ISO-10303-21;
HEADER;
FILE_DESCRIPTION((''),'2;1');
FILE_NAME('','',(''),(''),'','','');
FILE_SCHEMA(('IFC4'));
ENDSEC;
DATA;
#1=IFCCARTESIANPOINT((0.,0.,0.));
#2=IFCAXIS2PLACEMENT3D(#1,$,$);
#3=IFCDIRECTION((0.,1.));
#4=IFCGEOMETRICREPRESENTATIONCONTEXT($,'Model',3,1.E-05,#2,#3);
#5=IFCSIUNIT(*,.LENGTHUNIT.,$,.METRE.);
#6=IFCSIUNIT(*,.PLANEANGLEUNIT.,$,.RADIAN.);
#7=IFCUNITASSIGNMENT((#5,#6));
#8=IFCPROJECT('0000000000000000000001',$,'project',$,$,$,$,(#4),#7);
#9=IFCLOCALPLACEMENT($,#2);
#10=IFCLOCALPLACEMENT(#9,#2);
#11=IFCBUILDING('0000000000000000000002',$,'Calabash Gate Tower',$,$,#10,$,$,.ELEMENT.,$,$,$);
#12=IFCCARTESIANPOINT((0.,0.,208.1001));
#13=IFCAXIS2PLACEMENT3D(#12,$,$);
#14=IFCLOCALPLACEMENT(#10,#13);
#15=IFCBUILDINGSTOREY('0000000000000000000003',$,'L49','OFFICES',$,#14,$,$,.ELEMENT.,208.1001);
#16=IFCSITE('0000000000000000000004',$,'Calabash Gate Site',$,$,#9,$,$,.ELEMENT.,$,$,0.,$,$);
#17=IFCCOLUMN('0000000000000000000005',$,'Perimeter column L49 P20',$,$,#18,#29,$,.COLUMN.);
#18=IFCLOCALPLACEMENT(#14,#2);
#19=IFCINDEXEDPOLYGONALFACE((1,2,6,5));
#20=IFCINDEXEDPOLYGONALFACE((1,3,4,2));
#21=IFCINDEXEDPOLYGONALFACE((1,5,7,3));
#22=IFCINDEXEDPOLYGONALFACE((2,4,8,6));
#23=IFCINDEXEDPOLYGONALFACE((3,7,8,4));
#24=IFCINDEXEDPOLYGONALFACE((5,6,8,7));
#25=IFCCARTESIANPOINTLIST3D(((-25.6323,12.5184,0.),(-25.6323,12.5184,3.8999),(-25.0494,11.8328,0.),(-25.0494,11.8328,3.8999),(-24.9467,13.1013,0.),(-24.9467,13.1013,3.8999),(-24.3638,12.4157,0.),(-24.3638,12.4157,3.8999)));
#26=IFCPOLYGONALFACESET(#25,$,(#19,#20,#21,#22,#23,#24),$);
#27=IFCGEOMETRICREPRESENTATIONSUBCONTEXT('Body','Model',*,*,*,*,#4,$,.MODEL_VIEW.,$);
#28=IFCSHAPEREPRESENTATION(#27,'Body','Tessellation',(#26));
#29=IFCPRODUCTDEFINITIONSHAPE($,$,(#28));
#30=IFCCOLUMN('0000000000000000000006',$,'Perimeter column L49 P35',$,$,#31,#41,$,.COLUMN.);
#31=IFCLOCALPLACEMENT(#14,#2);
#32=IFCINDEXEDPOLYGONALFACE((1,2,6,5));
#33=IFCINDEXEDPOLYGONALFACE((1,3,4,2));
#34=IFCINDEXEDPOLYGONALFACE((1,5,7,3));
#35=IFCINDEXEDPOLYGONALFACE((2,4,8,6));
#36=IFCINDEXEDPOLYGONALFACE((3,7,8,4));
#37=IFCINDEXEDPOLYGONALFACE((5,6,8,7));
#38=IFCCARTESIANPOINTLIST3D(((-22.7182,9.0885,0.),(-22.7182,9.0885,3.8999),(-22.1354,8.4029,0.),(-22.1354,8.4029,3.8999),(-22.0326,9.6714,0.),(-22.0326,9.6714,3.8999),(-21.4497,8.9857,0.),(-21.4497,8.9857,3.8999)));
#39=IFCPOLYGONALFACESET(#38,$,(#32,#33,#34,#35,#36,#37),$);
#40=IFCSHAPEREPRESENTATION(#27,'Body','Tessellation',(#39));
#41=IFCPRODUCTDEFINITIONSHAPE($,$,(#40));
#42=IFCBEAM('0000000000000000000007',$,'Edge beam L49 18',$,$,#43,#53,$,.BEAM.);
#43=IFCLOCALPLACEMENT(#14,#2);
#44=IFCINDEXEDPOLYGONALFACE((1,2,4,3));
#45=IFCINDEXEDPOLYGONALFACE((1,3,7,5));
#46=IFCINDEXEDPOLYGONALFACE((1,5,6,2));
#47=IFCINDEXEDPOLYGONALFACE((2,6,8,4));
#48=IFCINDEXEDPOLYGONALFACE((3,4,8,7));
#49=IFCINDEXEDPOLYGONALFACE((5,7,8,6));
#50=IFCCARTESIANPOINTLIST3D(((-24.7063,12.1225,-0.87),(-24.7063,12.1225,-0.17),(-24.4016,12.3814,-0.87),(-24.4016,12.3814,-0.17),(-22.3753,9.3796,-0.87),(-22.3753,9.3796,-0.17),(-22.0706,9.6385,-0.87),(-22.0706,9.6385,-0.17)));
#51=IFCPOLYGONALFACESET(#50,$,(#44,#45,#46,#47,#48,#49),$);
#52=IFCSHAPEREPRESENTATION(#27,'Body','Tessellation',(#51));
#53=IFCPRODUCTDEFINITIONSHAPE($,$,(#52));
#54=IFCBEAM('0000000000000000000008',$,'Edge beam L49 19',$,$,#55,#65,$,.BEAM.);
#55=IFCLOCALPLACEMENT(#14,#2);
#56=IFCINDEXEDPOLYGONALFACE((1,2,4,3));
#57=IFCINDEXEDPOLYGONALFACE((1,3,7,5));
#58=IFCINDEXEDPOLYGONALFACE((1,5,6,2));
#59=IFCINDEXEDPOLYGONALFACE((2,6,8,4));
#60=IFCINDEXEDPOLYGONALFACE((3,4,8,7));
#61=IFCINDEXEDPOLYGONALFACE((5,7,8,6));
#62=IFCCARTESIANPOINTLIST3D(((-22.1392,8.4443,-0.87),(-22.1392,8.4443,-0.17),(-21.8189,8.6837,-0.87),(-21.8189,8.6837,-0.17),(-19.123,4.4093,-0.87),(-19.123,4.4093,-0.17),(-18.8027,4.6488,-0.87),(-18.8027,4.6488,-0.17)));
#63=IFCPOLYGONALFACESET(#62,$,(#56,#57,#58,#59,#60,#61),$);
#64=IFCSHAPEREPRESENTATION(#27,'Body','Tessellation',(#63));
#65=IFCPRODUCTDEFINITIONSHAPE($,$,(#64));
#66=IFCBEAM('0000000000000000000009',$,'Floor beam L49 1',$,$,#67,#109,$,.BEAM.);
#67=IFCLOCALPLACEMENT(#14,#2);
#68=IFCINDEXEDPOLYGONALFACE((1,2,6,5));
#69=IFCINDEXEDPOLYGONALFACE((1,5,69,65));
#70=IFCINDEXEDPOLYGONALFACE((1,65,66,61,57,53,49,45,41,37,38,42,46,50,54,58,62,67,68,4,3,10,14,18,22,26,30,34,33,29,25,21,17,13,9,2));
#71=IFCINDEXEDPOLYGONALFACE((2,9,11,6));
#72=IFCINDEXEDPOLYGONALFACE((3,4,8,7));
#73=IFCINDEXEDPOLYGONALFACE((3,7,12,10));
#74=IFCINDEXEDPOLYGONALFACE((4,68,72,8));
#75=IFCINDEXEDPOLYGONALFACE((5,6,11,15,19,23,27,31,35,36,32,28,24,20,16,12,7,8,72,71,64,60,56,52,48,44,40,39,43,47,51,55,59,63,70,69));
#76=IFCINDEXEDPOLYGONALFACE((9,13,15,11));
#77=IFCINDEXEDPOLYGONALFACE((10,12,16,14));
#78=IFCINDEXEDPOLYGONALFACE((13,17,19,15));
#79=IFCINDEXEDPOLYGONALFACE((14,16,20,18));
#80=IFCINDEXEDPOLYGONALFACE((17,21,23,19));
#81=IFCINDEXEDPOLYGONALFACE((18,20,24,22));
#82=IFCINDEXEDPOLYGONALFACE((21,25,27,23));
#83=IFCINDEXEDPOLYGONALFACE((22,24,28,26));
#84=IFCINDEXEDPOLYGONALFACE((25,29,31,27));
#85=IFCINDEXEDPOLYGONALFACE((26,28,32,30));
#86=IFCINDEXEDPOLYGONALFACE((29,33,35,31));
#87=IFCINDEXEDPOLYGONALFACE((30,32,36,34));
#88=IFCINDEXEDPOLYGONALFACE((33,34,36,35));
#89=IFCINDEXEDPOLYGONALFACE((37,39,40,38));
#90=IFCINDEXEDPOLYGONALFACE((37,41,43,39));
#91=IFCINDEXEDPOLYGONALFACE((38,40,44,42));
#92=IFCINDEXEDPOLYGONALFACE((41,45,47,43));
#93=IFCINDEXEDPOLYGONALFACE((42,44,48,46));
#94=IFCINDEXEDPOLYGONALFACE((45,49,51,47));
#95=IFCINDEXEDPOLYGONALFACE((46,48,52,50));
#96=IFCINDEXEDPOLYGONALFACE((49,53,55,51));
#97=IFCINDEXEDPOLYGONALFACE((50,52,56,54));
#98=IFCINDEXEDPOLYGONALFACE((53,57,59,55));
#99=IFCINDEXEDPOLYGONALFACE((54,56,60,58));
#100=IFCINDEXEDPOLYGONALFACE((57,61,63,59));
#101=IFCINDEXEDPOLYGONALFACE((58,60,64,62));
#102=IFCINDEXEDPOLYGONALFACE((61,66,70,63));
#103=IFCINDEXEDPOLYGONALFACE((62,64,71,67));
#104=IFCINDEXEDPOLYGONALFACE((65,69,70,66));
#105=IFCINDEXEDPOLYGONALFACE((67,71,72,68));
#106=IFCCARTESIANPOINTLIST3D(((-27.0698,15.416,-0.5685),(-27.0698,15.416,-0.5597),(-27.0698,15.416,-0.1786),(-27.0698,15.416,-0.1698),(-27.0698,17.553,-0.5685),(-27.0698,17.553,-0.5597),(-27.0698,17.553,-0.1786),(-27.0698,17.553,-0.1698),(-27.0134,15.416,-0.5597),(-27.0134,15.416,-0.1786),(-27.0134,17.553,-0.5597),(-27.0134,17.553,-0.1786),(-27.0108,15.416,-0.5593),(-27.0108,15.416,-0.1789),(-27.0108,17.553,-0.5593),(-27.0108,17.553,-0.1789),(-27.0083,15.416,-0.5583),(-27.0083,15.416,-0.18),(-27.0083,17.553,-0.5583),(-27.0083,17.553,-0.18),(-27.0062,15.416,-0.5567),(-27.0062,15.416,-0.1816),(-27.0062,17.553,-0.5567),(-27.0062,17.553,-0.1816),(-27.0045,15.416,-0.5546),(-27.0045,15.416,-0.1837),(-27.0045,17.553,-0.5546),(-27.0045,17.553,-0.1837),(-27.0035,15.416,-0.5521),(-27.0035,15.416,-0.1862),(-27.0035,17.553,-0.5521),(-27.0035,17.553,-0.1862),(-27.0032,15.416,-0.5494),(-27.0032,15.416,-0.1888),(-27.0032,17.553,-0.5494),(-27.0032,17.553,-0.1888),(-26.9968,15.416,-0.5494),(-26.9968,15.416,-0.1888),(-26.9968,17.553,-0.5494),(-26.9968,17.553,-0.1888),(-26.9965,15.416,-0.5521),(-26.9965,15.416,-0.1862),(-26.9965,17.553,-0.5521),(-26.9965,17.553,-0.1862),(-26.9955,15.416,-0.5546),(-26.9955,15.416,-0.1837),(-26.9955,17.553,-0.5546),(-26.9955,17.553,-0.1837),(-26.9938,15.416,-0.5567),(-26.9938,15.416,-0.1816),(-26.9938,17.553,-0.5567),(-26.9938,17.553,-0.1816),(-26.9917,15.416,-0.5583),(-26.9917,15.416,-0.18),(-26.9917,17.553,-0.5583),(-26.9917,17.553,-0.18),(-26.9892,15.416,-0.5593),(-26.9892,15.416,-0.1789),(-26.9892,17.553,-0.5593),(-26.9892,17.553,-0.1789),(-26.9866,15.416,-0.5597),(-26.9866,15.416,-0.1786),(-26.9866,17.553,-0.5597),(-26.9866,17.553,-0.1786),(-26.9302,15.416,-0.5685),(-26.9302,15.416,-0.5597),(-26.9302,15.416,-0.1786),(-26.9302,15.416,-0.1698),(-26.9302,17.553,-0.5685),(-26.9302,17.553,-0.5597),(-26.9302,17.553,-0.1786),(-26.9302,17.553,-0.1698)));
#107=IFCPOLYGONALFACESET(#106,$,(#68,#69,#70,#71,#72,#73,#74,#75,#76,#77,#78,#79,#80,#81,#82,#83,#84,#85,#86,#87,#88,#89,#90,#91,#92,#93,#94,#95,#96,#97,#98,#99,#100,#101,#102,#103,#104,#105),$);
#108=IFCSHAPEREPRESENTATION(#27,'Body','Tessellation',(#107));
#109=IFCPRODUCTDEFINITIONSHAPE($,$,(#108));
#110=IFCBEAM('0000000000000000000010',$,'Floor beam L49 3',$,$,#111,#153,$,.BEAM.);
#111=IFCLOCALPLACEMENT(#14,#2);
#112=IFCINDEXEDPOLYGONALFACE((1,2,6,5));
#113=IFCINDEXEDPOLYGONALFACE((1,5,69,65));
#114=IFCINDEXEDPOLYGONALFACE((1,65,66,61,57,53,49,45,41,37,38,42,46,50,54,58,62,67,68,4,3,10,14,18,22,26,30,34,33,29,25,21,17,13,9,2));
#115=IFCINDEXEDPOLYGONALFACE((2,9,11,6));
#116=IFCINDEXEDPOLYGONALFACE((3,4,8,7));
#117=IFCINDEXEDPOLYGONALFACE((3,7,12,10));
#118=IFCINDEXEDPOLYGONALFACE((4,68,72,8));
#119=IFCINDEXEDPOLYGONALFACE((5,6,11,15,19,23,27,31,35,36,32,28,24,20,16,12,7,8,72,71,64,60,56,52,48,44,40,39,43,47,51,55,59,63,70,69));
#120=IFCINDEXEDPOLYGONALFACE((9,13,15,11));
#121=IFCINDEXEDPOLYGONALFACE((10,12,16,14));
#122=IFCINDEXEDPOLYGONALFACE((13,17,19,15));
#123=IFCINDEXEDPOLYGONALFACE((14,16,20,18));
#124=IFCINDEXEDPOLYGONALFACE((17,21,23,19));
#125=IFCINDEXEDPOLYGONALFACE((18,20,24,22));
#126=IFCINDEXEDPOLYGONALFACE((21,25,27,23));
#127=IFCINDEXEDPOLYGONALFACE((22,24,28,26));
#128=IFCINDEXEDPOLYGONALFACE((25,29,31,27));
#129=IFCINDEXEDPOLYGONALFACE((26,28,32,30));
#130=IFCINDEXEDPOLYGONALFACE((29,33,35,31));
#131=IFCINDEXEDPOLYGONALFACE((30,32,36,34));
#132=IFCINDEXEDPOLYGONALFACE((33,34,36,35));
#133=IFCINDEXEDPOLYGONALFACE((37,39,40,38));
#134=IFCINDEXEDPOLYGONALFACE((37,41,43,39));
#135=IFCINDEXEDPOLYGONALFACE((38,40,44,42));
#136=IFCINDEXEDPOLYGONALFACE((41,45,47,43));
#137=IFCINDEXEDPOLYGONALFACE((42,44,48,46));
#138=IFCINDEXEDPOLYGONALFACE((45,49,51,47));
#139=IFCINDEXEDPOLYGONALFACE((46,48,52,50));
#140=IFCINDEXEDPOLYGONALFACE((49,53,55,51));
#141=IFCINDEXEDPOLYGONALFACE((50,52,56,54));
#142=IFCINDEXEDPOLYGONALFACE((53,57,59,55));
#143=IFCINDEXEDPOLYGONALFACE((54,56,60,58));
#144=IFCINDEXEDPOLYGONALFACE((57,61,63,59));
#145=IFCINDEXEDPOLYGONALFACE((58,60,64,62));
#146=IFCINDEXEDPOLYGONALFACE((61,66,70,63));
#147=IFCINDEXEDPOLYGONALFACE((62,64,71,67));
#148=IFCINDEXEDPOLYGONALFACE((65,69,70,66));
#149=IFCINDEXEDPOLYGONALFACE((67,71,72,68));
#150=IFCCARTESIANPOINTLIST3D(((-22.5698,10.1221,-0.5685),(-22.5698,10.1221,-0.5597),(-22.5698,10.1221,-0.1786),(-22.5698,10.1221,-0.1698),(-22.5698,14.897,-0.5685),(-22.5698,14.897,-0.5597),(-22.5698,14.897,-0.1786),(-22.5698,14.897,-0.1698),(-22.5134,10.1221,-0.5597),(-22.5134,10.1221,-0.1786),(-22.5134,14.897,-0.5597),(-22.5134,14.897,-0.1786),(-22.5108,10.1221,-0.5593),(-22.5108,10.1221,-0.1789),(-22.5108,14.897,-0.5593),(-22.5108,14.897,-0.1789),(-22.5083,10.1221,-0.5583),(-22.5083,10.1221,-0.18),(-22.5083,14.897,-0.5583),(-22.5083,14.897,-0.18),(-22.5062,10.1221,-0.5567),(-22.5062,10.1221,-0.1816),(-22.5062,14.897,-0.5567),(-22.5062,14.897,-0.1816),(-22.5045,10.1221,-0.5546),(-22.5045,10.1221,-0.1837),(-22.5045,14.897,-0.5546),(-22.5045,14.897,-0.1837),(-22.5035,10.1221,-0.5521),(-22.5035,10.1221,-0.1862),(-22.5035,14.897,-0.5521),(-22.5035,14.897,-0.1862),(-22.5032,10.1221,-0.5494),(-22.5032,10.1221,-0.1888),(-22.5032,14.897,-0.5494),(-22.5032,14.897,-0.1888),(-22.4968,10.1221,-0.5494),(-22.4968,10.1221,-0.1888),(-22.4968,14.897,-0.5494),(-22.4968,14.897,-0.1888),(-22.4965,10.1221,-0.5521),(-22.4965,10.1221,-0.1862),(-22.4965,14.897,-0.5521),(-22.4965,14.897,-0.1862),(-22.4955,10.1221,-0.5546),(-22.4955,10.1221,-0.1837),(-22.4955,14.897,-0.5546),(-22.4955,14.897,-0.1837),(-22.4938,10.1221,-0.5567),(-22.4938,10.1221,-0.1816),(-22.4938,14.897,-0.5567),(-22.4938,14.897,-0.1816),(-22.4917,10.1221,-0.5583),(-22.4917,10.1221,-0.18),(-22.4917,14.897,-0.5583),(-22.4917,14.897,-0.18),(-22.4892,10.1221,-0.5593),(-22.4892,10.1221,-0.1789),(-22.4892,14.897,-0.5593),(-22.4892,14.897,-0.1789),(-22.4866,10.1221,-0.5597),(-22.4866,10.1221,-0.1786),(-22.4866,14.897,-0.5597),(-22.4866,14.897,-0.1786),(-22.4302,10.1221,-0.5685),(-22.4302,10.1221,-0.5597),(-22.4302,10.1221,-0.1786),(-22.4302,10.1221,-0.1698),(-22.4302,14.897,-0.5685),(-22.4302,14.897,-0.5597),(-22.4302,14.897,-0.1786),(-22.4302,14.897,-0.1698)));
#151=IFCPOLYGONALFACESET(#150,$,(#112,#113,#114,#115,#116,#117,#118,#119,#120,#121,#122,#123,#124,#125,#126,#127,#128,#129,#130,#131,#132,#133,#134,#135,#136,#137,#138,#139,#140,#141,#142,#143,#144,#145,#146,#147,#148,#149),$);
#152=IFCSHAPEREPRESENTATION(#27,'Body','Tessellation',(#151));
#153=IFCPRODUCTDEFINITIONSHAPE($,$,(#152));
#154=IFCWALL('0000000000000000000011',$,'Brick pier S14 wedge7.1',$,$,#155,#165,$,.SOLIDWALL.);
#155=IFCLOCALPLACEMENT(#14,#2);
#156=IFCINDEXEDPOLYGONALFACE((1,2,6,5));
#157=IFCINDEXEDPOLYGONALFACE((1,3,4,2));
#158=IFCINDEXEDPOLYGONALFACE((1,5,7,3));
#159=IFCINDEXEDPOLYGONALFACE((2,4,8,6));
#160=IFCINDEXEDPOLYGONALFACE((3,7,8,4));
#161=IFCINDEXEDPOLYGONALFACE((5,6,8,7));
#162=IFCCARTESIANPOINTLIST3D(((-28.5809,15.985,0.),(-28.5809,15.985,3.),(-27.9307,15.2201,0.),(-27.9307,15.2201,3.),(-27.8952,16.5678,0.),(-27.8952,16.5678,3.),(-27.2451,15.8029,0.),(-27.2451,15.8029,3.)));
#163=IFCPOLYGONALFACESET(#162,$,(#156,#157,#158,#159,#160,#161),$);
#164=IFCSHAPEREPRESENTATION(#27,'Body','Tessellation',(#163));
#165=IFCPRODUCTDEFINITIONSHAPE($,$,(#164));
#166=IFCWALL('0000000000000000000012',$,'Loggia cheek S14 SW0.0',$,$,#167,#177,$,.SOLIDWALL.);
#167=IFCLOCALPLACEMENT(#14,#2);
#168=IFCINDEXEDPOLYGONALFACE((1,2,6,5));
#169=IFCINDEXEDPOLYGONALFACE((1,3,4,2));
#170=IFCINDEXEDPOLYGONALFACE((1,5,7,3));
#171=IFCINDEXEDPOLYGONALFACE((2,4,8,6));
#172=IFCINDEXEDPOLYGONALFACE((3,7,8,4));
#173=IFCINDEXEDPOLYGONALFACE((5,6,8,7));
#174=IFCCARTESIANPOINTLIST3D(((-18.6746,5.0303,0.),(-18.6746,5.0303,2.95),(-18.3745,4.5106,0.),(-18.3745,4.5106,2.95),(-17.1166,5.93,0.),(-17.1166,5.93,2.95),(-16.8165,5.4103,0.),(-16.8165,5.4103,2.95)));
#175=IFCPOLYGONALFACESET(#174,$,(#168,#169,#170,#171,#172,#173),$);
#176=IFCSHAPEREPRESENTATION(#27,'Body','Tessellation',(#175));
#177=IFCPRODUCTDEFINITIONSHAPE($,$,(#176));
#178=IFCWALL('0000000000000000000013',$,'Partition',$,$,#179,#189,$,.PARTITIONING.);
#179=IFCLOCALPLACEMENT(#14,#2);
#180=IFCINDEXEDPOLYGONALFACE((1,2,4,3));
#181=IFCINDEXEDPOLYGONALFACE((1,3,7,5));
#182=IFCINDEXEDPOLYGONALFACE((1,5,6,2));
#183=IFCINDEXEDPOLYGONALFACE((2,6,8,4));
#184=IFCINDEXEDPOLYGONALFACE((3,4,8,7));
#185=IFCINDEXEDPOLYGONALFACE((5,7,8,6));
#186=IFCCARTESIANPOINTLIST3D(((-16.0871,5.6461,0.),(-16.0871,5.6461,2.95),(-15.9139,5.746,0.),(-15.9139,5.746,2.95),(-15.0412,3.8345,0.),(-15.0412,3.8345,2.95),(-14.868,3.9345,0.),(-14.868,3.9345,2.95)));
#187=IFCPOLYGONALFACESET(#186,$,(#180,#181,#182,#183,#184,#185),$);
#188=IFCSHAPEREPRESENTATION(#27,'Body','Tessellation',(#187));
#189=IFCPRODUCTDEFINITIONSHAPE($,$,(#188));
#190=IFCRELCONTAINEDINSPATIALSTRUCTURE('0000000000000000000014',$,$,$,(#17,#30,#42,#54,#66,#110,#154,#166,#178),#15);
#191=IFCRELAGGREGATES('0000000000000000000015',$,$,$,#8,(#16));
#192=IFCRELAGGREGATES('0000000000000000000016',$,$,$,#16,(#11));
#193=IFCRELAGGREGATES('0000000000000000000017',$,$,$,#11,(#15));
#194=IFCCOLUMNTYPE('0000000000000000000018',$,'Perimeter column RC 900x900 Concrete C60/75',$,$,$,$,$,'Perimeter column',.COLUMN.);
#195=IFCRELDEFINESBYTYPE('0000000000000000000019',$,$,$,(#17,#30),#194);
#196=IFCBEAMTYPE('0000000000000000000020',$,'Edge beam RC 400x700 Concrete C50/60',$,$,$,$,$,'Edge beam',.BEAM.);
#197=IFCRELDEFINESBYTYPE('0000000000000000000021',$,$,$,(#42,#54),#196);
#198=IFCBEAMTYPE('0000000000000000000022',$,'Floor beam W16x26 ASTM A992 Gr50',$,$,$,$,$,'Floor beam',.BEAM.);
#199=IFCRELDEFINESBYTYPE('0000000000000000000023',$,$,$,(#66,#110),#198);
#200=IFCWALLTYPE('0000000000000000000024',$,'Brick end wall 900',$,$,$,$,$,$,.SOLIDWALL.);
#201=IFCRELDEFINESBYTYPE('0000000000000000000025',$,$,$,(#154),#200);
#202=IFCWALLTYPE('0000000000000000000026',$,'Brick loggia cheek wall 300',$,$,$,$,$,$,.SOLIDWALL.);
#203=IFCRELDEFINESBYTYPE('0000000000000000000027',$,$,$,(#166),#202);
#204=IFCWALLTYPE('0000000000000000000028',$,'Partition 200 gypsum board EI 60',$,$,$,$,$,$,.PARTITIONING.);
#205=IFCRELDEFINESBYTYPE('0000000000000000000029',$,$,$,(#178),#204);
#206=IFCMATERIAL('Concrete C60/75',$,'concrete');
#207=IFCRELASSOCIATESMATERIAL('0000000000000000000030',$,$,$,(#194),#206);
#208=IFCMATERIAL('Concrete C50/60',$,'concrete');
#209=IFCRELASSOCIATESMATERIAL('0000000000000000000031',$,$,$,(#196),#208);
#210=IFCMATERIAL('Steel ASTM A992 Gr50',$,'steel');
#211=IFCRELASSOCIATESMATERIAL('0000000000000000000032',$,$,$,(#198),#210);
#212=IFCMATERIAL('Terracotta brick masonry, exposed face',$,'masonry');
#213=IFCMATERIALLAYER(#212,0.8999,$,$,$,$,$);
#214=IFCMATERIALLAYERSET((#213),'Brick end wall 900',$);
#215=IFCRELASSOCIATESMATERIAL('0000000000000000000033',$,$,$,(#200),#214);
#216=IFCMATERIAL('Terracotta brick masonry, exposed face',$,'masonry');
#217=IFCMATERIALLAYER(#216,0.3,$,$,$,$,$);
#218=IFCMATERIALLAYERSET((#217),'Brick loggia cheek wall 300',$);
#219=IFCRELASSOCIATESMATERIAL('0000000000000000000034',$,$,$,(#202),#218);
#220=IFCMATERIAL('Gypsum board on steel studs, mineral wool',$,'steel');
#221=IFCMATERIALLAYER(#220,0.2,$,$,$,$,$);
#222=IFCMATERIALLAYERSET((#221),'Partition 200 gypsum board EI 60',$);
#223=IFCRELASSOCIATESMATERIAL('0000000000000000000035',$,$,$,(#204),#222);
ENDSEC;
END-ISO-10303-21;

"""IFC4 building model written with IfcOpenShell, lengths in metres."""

from ifc_helpers import new_model, si_unit, direction, frame, frame_2d, origin, origin_2d, place, context, subcontext, project, spatial, rectangle, i_section, extrude, material, layer, layer_set, material_profile, profile_set, type_object, element, save


model = new_model("IFC4")

# Units and contexts
model_context = context("Model", 3, precision=1e-05, world=origin(), true_north=direction((0.0, 1.0)))
body_context = subcontext(model_context, "Body", "Model", "MODEL_VIEW")
ifc_project = project(units=[si_unit("LENGTHUNIT", "METRE"), si_unit("PLANEANGLEUNIT", "RADIAN")], contexts=[model_context])

# Site, building, storey
site_placement = place(None, origin())
site = spatial("IfcSite", under=ifc_project, at=site_placement, Name="Calabash Gate Site", CompositionType="ELEMENT", RefElevation=0.0)
building_placement = place(site_placement, origin())
building = spatial("IfcBuilding", under=site, at=building_placement, Name="Calabash Gate Tower", CompositionType="ELEMENT")
storey_placement = place(building_placement, frame((0.0, 0.0, 208.1001)))
storey = spatial("IfcBuildingStorey", under=building, at=storey_placement, Name="L49", Description="OFFICES", CompositionType="ELEMENT", Elevation=208.1001)

# Columns
ifc_material_1 = material(Name="Concrete C60/75", Category="concrete")
ifc_material_profile_1 = material_profile(ifc_material_1, rectangle(XDim=0.8999, YDim=0.8999, at=origin_2d()))
ifc_profile_set_1 = profile_set([ifc_material_profile_1], Name="Concrete C60/75")
column_type = type_object("IfcColumnType", Name="Perimeter column RC 900x900 Concrete C60/75", ElementType="Perimeter column", PredefinedType="COLUMN", material=ifc_profile_set_1)
for number, where, z_axis, x_axis, name in (
    (1, (-24.998, 12.467, 0.0), (0.0, 0.0, 1.0), (0.647704, -0.761892, 0.0), "Perimeter column L49 P20"),
    (2, (-22.084, 9.0371, 0.0), (0.0, 0.0, 1.0), (0.647704, -0.761892, 0.0), "Perimeter column L49 P35"),
):
    element("IfcColumn", number, at=place(storey_placement, frame(where, z_axis=z_axis, x_axis=x_axis)), inside=storey, type_object=column_type, Name=name, PredefinedType="COLUMN", context=body_context, shape_type="SweptSolid", body=[
        extrude(rectangle(XDim=0.8999, YDim=0.8999, at=origin_2d()), origin(), (0.0, 0.0, 1.0), 3.8999),
    ])

# Beams
ifc_material_2 = material(Name="Concrete C50/60", Category="concrete")
ifc_material_profile_2 = material_profile(ifc_material_2, rectangle(XDim=0.3999, YDim=0.7, at=origin_2d()))
ifc_profile_set_2 = profile_set([ifc_material_profile_2], Name="Concrete C50/60")
beam_type_1 = type_object("IfcBeamType", Name="Edge beam RC 400x700 Concrete C50/60", ElementType="Edge beam", PredefinedType="BEAM", material=ifc_profile_set_2)
beam_1_placement = place(storey_placement, frame((-24.554, 12.252, -0.52), z_axis=(0.64758, -0.761998, 0.0), x_axis=(0.761998, 0.64758, 0.0)))
element("IfcBeam", 3, at=beam_1_placement, inside=storey, type_object=beam_type_1, Name="Edge beam L49 18", PredefinedType="BEAM", context=body_context, shape_type="SweptSolid", body=[
    extrude(rectangle(XDim=0.3999, YDim=0.7, at=origin_2d()), origin(), (0.0, 0.0, 1.0), 3.5996),
])
beam_2_placement = place(storey_placement, frame((-21.979, 8.564, -0.52), z_axis=(0.59872, -0.800959, 0.0), x_axis=(0.800959, 0.59872, 0.0)))
element("IfcBeam", 4, at=beam_2_placement, inside=storey, type_object=beam_type_1, Name="Edge beam L49 19", PredefinedType="BEAM", context=body_context, shape_type="SweptSolid", body=[
    extrude(rectangle(XDim=0.3999, YDim=0.7, at=origin_2d()), origin(), (0.0, 0.0, 1.0), 5.0376),
])
ifc_material_3 = material(Name="Steel ASTM A992 Gr50", Category="steel")
ifc_material_profile_3 = material_profile(ifc_material_3, i_section(OverallWidth=0.1396, OverallDepth=0.3987, WebThickness=0.0063, FlangeThickness=0.0088, FilletRadius=0.0103, at=origin_2d()))
ifc_profile_set_3 = profile_set([ifc_material_profile_3], Name="Steel ASTM A992 Gr50")
beam_type_2 = type_object("IfcBeamType", Name="Floor beam W16x26 ASTM A992 Gr50", ElementType="Floor beam", PredefinedType="BEAM", material=ifc_profile_set_3)
beam_3_placement = place(storey_placement, frame((-27.0, 15.416, -0.3691), z_axis=(0.0, 1.0, 0.0), x_axis=(-1.0, 0.0, 0.0)))
element("IfcBeam", 5, at=beam_3_placement, inside=storey, type_object=beam_type_2, Name="Floor beam L49 1", PredefinedType="BEAM", context=body_context, shape_type="SweptSolid", body=[
    extrude(i_section(OverallWidth=0.1396, OverallDepth=0.3987, WebThickness=0.0063, FlangeThickness=0.0088, FilletRadius=0.0103, at=origin_2d()), origin(), (0.0, 0.0, 1.0), 2.137),
])
beam_4_placement = place(storey_placement, frame((-22.5, 10.1221, -0.3691), z_axis=(0.0, 1.0, 0.0), x_axis=(-1.0, 0.0, 0.0)))
element("IfcBeam", 6, at=beam_4_placement, inside=storey, type_object=beam_type_2, Name="Floor beam L49 3", PredefinedType="BEAM", context=body_context, shape_type="SweptSolid", body=[
    extrude(i_section(OverallWidth=0.1396, OverallDepth=0.3987, WebThickness=0.0063, FlangeThickness=0.0088, FilletRadius=0.0103, at=origin_2d()), origin(), (0.0, 0.0, 1.0), 4.7749),
])

# Walls
ifc_material_4 = material(Name="Terracotta brick masonry, exposed face", Category="masonry")
ifc_layer_1 = layer(ifc_material_4, 0.8999)
ifc_layer_set_1 = layer_set([ifc_layer_1], Name="Brick end wall 900")
wall_type_1 = type_object("IfcWallType", Name="Brick end wall 900", PredefinedType="SOLIDWALL", material=ifc_layer_set_1)
wall_1_placement = place(storey_placement, frame((-27.5879, 15.5115, 0.0), z_axis=(0.0, 0.0, 1.0), x_axis=(-0.647641, 0.761945, 0.0)))
element("IfcWall", 7, at=wall_1_placement, inside=storey, type_object=wall_type_1, Name="Brick pier S14 wedge7.1", PredefinedType="SOLIDWALL", context=body_context, shape_type="SweptSolid", body=[
    extrude(rectangle(XDim=1.0039, YDim=0.8999, at=frame_2d((0.502, 0.0))), origin(), (0.0, 0.0, 1.0), 3.0),
])
ifc_material_5 = material(Name="Terracotta brick masonry, exposed face", Category="masonry")
ifc_layer_2 = layer(ifc_material_5, 0.3)
ifc_layer_set_2 = layer_set([ifc_layer_2], Name="Brick loggia cheek wall 300")
wall_type_2 = type_object("IfcWallType", Name="Brick loggia cheek wall 300", PredefinedType="SOLIDWALL", material=ifc_layer_set_2)
wall_2_placement = place(storey_placement, frame((-18.5244, 4.7705, 0.0), z_axis=(0.0, 0.0, 1.0), x_axis=(0.865971, 0.500094, 0.0)))
element("IfcWall", 8, at=wall_2_placement, inside=storey, type_object=wall_type_2, Name="Loggia cheek S14 SW0.0", PredefinedType="SOLIDWALL", context=body_context, shape_type="SweptSolid", body=[
    extrude(rectangle(XDim=1.7991, YDim=0.6001, at=frame_2d((0.8994, 0.0))), origin(), (0.0, 0.0, 1.0), 2.95),
])
ifc_material_6 = material(Name="Gypsum board on steel studs, mineral wool", Category="steel")
ifc_layer_3 = layer(ifc_material_6, 0.2)
ifc_layer_set_3 = layer_set([ifc_layer_3], Name="Partition 200 gypsum board EI 60")
wall_type_3 = type_object("IfcWallType", Name="Partition 200 gypsum board EI 60", PredefinedType="PARTITIONING", material=ifc_layer_set_3)
wall_3_placement = place(storey_placement, frame((-16.0005, 5.696, 0.0), z_axis=(0.0, 0.0, 1.0), x_axis=(0.500005, -0.866022, 0.0)))
element("IfcWall", 9, at=wall_3_placement, inside=storey, type_object=wall_type_3, Name="Partition", PredefinedType="PARTITIONING", context=body_context, shape_type="SweptSolid", body=[
    extrude(rectangle(XDim=2.0918, YDim=0.2, at=frame_2d((1.0459, 0.0))), origin(), (0.0, 0.0, 1.0), 2.95),
])

save(model, "model.ifc")
